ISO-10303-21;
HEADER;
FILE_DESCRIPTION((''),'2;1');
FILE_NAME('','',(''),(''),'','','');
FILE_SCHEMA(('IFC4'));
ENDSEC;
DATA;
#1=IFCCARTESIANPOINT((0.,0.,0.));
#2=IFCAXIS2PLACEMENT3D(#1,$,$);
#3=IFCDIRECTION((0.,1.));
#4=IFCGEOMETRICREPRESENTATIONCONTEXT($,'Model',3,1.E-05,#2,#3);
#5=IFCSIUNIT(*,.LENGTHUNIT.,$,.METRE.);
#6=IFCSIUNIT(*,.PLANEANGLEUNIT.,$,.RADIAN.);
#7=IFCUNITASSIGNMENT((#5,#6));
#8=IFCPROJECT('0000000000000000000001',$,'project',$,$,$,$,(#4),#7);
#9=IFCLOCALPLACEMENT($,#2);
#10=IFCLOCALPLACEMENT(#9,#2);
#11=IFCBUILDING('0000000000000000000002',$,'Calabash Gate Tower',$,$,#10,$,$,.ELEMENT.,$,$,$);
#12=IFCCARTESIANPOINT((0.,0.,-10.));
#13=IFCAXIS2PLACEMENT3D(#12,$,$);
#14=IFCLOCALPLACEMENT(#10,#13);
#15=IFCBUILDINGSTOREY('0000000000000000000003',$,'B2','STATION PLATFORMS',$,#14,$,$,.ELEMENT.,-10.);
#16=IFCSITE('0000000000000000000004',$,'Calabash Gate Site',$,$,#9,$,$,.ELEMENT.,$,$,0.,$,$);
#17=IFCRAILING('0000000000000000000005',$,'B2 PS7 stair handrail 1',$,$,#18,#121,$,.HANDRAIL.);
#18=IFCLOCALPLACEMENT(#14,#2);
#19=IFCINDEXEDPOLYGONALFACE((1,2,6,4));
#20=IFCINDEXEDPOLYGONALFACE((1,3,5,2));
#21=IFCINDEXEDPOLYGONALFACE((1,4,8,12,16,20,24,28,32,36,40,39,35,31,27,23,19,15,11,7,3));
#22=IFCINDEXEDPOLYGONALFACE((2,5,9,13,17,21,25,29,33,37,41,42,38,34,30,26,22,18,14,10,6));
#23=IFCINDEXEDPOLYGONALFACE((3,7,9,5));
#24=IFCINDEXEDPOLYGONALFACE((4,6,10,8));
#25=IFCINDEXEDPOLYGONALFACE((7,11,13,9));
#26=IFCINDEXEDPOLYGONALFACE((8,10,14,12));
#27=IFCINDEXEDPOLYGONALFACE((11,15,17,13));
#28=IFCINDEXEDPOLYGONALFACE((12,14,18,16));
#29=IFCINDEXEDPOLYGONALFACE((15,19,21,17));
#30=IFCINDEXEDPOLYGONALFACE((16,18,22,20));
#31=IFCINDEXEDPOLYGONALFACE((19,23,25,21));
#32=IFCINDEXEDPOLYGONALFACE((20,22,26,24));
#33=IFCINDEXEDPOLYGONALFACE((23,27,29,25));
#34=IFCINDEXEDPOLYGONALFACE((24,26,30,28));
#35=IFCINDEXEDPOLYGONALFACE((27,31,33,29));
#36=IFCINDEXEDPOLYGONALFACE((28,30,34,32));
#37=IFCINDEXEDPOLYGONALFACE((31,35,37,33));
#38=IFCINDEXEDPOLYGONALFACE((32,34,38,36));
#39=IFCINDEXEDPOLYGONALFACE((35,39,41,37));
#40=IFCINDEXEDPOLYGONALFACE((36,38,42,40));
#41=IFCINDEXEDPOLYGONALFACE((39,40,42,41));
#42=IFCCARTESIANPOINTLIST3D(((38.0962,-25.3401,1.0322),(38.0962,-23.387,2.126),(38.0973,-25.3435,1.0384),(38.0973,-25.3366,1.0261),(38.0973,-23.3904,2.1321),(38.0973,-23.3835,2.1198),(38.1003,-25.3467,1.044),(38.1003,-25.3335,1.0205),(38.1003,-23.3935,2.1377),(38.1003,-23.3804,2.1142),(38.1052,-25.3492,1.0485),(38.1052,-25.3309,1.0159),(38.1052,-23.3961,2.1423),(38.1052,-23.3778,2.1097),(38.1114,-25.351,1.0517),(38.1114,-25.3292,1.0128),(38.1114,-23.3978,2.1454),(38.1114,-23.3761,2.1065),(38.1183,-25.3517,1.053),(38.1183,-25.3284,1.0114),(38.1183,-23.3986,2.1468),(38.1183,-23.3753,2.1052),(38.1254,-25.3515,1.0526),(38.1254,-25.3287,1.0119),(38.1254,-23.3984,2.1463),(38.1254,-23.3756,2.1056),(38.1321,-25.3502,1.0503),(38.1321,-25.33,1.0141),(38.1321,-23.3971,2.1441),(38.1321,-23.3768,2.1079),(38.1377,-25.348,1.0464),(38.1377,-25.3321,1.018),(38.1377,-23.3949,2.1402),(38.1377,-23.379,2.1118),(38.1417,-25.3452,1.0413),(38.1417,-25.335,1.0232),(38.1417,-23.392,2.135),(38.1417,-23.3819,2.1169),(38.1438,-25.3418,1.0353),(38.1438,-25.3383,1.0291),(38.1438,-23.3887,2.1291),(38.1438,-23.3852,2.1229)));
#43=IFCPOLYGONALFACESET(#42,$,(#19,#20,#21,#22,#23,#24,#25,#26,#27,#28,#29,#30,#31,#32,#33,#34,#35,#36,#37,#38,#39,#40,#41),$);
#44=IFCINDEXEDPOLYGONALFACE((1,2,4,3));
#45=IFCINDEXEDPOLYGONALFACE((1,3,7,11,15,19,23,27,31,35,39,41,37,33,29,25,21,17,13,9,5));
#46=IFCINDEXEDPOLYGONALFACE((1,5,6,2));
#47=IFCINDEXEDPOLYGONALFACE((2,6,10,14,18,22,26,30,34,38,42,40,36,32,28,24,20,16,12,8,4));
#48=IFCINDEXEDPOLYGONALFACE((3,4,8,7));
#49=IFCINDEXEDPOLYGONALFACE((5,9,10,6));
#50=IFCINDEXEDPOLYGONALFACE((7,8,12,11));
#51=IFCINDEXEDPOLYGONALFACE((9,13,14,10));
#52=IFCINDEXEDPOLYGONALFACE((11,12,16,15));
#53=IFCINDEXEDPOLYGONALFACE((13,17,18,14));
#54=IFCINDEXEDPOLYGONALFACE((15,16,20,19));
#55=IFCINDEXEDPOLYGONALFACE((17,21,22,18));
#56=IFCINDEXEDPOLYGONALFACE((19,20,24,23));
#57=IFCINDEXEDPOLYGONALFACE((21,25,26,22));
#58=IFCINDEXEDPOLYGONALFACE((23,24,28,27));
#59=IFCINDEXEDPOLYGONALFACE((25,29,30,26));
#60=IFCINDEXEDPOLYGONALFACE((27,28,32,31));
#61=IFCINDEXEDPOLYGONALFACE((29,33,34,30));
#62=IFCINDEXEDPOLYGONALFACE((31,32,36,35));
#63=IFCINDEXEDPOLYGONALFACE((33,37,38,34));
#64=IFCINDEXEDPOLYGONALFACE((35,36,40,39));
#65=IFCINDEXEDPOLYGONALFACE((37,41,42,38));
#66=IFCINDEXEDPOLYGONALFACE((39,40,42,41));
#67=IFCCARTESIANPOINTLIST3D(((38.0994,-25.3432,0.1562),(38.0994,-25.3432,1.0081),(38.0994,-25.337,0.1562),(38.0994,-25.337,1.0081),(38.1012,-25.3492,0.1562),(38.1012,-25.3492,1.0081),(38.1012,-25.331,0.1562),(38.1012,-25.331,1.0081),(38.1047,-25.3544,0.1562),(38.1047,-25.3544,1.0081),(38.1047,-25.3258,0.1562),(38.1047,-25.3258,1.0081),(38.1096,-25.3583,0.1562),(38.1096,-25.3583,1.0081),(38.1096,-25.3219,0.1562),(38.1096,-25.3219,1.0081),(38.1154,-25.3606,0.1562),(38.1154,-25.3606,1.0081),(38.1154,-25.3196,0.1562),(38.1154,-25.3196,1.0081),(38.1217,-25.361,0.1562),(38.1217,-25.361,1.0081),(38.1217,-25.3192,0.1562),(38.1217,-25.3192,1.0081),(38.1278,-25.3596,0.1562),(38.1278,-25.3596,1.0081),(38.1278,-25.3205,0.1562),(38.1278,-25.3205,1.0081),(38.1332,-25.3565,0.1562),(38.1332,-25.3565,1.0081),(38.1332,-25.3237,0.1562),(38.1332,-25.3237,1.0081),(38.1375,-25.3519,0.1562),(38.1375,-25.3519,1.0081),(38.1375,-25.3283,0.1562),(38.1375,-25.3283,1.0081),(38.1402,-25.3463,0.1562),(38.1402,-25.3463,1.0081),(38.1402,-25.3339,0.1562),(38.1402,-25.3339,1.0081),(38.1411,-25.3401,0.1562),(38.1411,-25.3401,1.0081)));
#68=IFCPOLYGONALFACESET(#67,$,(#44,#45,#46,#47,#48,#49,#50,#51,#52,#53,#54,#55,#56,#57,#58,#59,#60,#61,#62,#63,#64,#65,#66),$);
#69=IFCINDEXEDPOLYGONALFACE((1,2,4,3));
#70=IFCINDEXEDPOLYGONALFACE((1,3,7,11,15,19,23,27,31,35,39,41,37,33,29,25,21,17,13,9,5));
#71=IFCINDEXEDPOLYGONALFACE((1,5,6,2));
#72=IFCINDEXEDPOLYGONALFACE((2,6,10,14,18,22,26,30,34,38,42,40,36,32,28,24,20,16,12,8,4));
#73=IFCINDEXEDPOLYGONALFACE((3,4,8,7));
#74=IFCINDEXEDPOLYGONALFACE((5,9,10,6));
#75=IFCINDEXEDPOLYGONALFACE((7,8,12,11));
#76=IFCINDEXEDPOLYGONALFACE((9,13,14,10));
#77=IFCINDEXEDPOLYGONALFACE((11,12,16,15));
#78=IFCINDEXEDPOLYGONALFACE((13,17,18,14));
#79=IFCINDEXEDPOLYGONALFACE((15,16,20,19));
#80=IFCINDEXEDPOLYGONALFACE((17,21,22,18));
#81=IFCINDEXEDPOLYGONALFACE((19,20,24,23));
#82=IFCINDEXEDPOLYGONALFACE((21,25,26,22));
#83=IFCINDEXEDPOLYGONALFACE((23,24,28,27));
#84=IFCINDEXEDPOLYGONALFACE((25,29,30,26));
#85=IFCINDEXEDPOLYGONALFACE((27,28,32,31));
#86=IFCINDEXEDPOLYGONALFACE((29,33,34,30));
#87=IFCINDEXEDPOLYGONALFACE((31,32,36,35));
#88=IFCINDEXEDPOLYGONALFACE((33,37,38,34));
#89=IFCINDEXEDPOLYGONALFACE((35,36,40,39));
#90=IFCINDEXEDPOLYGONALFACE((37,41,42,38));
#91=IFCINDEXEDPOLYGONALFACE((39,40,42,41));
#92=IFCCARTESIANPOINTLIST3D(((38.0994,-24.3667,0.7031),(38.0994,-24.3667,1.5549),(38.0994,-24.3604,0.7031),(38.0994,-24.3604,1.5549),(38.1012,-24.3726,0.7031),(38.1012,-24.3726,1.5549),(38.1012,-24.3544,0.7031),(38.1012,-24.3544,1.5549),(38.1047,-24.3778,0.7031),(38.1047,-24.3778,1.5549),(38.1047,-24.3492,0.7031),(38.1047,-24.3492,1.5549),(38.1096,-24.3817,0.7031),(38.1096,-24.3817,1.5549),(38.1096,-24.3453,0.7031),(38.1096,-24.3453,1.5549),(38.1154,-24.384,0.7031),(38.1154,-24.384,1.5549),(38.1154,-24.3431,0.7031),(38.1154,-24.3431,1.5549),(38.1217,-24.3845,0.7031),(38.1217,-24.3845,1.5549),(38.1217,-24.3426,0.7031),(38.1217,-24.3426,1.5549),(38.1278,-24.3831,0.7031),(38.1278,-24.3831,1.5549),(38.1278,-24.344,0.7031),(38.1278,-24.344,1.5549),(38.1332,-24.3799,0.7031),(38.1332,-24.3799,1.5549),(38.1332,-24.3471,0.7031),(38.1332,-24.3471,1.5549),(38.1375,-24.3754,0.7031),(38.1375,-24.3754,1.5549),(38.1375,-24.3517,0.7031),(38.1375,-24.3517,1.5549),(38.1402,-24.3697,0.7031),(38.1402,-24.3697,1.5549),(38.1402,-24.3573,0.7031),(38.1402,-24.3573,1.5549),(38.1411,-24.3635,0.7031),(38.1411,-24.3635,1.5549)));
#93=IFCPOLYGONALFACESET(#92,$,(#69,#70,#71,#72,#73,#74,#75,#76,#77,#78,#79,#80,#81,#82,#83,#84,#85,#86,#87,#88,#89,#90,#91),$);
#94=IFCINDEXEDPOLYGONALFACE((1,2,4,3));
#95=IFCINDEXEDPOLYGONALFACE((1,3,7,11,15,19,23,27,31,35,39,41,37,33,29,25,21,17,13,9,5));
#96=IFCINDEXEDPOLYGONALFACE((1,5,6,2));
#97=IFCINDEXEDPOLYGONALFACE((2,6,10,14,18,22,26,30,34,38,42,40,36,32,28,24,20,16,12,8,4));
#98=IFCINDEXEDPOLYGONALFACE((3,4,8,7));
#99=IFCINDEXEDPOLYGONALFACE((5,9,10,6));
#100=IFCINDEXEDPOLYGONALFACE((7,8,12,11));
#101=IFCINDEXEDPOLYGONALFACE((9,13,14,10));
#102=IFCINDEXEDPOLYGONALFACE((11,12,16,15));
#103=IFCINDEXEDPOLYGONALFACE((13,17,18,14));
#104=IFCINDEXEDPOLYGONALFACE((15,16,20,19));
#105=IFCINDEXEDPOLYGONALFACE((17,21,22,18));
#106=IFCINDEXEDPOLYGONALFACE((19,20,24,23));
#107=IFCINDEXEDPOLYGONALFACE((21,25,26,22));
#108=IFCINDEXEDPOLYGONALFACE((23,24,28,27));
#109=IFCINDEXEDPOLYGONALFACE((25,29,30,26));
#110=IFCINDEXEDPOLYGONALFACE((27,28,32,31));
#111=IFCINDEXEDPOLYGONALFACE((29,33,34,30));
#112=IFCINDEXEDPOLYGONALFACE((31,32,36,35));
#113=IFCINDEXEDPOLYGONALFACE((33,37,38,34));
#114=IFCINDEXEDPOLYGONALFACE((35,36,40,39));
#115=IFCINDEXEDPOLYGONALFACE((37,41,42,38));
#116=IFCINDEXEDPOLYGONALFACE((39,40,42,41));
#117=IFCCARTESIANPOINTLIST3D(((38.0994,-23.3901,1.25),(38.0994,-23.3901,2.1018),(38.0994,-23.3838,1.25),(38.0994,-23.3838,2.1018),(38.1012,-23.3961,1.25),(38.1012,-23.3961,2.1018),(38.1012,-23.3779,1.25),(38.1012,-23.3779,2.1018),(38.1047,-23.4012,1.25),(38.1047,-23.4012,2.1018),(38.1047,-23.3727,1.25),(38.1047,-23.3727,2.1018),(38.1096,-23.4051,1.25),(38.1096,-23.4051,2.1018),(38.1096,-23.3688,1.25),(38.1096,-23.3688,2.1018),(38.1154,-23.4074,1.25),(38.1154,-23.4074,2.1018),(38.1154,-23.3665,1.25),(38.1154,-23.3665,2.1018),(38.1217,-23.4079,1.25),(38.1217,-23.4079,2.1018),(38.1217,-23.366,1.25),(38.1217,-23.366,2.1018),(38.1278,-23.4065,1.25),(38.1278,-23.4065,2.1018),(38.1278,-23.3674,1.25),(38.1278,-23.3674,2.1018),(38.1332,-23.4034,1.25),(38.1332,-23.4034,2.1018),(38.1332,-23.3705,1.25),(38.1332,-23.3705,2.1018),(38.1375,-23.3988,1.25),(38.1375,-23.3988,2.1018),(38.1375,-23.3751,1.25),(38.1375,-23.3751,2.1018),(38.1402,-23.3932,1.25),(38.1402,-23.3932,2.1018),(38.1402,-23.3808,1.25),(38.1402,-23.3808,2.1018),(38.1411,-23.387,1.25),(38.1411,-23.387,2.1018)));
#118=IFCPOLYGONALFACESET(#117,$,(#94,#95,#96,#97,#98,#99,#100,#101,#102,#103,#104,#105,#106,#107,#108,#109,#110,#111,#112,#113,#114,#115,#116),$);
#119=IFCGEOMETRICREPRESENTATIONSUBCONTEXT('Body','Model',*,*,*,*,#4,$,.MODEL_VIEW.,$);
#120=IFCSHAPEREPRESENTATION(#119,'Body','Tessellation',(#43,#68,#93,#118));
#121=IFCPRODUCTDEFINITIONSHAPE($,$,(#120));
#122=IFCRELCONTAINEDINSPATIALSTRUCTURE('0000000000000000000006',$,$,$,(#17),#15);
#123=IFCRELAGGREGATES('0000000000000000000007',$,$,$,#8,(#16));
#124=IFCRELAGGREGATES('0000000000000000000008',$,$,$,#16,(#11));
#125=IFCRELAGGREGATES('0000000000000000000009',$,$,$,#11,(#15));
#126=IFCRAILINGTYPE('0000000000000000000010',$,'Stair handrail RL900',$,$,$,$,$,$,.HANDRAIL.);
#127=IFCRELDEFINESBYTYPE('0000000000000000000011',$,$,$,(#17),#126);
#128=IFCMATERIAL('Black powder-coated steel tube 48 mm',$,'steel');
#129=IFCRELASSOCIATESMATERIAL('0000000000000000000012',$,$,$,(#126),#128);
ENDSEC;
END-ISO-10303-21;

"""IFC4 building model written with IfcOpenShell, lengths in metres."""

from ifc_helpers import new_model, si_unit, direction, frame, origin, origin_2d, place, context, subcontext, project, spatial, circle, extrude, material, type_object, element, save


model = new_model("IFC4")

# Units and contexts
model_context = context("Model", 3, precision=1e-05, world=origin(), true_north=direction((0.0, 1.0)))
body_context = subcontext(model_context, "Body", "Model", "MODEL_VIEW")
ifc_project = project(units=[si_unit("LENGTHUNIT", "METRE"), si_unit("PLANEANGLEUNIT", "RADIAN")], contexts=[model_context])

# Site, building, storey
site_placement = place(None, origin())
site = spatial("IfcSite", under=ifc_project, at=site_placement, Name="Calabash Gate Site", CompositionType="ELEMENT", RefElevation=0.0)
building_placement = place(site_placement, origin())
building = spatial("IfcBuilding", under=site, at=building_placement, Name="Calabash Gate Tower", CompositionType="ELEMENT")
storey_placement = place(building_placement, frame((0.0, 0.0, -10.0)))
storey = spatial("IfcBuildingStorey", under=building, at=storey_placement, Name="B2", Description="STATION PLATFORMS", CompositionType="ELEMENT", Elevation=-10.0)

# Railing
ifc_material_1 = material(Name="Black powder-coated steel tube 48 mm", Category="steel")
railing_type_1 = type_object("IfcRailingType", Name="Stair handrail RL900", PredefinedType="HANDRAIL", material=ifc_material_1)
for number, where, name in (
    (1, (38.1201, -25.3401, 0.1562), "B2 PS7 stair handrail 1"),
):
    element("IfcRailing", number, at=place(storey_placement, frame(where)), inside=storey, type_object=railing_type_1, Name=name, PredefinedType="HANDRAIL", context=body_context, shape_type="SweptSolid", body=[
        extrude(circle(Radius=0.0239, at=origin_2d()), frame((0.0, 0.0, 0.876), z_axis=(0.0, 0.872506, 0.488603), x_axis=(-1.0, 0.0, 0.0)), (0.0, 0.0, 1.0), 2.2385),
        extrude(circle(Radius=0.021, at=origin_2d()), origin(), (0.0, 0.0, 1.0), 0.8518),
        extrude(circle(Radius=0.021, at=origin_2d()), frame((0.0, 0.9766, 0.5469)), (0.0, 0.0, 1.0), 0.8518),
        extrude(circle(Radius=0.021, at=origin_2d()), frame((0.0, 1.9531, 1.0938)), (0.0, 0.0, 1.0), 0.8518),
    ])

save(model, "model.ifc")
